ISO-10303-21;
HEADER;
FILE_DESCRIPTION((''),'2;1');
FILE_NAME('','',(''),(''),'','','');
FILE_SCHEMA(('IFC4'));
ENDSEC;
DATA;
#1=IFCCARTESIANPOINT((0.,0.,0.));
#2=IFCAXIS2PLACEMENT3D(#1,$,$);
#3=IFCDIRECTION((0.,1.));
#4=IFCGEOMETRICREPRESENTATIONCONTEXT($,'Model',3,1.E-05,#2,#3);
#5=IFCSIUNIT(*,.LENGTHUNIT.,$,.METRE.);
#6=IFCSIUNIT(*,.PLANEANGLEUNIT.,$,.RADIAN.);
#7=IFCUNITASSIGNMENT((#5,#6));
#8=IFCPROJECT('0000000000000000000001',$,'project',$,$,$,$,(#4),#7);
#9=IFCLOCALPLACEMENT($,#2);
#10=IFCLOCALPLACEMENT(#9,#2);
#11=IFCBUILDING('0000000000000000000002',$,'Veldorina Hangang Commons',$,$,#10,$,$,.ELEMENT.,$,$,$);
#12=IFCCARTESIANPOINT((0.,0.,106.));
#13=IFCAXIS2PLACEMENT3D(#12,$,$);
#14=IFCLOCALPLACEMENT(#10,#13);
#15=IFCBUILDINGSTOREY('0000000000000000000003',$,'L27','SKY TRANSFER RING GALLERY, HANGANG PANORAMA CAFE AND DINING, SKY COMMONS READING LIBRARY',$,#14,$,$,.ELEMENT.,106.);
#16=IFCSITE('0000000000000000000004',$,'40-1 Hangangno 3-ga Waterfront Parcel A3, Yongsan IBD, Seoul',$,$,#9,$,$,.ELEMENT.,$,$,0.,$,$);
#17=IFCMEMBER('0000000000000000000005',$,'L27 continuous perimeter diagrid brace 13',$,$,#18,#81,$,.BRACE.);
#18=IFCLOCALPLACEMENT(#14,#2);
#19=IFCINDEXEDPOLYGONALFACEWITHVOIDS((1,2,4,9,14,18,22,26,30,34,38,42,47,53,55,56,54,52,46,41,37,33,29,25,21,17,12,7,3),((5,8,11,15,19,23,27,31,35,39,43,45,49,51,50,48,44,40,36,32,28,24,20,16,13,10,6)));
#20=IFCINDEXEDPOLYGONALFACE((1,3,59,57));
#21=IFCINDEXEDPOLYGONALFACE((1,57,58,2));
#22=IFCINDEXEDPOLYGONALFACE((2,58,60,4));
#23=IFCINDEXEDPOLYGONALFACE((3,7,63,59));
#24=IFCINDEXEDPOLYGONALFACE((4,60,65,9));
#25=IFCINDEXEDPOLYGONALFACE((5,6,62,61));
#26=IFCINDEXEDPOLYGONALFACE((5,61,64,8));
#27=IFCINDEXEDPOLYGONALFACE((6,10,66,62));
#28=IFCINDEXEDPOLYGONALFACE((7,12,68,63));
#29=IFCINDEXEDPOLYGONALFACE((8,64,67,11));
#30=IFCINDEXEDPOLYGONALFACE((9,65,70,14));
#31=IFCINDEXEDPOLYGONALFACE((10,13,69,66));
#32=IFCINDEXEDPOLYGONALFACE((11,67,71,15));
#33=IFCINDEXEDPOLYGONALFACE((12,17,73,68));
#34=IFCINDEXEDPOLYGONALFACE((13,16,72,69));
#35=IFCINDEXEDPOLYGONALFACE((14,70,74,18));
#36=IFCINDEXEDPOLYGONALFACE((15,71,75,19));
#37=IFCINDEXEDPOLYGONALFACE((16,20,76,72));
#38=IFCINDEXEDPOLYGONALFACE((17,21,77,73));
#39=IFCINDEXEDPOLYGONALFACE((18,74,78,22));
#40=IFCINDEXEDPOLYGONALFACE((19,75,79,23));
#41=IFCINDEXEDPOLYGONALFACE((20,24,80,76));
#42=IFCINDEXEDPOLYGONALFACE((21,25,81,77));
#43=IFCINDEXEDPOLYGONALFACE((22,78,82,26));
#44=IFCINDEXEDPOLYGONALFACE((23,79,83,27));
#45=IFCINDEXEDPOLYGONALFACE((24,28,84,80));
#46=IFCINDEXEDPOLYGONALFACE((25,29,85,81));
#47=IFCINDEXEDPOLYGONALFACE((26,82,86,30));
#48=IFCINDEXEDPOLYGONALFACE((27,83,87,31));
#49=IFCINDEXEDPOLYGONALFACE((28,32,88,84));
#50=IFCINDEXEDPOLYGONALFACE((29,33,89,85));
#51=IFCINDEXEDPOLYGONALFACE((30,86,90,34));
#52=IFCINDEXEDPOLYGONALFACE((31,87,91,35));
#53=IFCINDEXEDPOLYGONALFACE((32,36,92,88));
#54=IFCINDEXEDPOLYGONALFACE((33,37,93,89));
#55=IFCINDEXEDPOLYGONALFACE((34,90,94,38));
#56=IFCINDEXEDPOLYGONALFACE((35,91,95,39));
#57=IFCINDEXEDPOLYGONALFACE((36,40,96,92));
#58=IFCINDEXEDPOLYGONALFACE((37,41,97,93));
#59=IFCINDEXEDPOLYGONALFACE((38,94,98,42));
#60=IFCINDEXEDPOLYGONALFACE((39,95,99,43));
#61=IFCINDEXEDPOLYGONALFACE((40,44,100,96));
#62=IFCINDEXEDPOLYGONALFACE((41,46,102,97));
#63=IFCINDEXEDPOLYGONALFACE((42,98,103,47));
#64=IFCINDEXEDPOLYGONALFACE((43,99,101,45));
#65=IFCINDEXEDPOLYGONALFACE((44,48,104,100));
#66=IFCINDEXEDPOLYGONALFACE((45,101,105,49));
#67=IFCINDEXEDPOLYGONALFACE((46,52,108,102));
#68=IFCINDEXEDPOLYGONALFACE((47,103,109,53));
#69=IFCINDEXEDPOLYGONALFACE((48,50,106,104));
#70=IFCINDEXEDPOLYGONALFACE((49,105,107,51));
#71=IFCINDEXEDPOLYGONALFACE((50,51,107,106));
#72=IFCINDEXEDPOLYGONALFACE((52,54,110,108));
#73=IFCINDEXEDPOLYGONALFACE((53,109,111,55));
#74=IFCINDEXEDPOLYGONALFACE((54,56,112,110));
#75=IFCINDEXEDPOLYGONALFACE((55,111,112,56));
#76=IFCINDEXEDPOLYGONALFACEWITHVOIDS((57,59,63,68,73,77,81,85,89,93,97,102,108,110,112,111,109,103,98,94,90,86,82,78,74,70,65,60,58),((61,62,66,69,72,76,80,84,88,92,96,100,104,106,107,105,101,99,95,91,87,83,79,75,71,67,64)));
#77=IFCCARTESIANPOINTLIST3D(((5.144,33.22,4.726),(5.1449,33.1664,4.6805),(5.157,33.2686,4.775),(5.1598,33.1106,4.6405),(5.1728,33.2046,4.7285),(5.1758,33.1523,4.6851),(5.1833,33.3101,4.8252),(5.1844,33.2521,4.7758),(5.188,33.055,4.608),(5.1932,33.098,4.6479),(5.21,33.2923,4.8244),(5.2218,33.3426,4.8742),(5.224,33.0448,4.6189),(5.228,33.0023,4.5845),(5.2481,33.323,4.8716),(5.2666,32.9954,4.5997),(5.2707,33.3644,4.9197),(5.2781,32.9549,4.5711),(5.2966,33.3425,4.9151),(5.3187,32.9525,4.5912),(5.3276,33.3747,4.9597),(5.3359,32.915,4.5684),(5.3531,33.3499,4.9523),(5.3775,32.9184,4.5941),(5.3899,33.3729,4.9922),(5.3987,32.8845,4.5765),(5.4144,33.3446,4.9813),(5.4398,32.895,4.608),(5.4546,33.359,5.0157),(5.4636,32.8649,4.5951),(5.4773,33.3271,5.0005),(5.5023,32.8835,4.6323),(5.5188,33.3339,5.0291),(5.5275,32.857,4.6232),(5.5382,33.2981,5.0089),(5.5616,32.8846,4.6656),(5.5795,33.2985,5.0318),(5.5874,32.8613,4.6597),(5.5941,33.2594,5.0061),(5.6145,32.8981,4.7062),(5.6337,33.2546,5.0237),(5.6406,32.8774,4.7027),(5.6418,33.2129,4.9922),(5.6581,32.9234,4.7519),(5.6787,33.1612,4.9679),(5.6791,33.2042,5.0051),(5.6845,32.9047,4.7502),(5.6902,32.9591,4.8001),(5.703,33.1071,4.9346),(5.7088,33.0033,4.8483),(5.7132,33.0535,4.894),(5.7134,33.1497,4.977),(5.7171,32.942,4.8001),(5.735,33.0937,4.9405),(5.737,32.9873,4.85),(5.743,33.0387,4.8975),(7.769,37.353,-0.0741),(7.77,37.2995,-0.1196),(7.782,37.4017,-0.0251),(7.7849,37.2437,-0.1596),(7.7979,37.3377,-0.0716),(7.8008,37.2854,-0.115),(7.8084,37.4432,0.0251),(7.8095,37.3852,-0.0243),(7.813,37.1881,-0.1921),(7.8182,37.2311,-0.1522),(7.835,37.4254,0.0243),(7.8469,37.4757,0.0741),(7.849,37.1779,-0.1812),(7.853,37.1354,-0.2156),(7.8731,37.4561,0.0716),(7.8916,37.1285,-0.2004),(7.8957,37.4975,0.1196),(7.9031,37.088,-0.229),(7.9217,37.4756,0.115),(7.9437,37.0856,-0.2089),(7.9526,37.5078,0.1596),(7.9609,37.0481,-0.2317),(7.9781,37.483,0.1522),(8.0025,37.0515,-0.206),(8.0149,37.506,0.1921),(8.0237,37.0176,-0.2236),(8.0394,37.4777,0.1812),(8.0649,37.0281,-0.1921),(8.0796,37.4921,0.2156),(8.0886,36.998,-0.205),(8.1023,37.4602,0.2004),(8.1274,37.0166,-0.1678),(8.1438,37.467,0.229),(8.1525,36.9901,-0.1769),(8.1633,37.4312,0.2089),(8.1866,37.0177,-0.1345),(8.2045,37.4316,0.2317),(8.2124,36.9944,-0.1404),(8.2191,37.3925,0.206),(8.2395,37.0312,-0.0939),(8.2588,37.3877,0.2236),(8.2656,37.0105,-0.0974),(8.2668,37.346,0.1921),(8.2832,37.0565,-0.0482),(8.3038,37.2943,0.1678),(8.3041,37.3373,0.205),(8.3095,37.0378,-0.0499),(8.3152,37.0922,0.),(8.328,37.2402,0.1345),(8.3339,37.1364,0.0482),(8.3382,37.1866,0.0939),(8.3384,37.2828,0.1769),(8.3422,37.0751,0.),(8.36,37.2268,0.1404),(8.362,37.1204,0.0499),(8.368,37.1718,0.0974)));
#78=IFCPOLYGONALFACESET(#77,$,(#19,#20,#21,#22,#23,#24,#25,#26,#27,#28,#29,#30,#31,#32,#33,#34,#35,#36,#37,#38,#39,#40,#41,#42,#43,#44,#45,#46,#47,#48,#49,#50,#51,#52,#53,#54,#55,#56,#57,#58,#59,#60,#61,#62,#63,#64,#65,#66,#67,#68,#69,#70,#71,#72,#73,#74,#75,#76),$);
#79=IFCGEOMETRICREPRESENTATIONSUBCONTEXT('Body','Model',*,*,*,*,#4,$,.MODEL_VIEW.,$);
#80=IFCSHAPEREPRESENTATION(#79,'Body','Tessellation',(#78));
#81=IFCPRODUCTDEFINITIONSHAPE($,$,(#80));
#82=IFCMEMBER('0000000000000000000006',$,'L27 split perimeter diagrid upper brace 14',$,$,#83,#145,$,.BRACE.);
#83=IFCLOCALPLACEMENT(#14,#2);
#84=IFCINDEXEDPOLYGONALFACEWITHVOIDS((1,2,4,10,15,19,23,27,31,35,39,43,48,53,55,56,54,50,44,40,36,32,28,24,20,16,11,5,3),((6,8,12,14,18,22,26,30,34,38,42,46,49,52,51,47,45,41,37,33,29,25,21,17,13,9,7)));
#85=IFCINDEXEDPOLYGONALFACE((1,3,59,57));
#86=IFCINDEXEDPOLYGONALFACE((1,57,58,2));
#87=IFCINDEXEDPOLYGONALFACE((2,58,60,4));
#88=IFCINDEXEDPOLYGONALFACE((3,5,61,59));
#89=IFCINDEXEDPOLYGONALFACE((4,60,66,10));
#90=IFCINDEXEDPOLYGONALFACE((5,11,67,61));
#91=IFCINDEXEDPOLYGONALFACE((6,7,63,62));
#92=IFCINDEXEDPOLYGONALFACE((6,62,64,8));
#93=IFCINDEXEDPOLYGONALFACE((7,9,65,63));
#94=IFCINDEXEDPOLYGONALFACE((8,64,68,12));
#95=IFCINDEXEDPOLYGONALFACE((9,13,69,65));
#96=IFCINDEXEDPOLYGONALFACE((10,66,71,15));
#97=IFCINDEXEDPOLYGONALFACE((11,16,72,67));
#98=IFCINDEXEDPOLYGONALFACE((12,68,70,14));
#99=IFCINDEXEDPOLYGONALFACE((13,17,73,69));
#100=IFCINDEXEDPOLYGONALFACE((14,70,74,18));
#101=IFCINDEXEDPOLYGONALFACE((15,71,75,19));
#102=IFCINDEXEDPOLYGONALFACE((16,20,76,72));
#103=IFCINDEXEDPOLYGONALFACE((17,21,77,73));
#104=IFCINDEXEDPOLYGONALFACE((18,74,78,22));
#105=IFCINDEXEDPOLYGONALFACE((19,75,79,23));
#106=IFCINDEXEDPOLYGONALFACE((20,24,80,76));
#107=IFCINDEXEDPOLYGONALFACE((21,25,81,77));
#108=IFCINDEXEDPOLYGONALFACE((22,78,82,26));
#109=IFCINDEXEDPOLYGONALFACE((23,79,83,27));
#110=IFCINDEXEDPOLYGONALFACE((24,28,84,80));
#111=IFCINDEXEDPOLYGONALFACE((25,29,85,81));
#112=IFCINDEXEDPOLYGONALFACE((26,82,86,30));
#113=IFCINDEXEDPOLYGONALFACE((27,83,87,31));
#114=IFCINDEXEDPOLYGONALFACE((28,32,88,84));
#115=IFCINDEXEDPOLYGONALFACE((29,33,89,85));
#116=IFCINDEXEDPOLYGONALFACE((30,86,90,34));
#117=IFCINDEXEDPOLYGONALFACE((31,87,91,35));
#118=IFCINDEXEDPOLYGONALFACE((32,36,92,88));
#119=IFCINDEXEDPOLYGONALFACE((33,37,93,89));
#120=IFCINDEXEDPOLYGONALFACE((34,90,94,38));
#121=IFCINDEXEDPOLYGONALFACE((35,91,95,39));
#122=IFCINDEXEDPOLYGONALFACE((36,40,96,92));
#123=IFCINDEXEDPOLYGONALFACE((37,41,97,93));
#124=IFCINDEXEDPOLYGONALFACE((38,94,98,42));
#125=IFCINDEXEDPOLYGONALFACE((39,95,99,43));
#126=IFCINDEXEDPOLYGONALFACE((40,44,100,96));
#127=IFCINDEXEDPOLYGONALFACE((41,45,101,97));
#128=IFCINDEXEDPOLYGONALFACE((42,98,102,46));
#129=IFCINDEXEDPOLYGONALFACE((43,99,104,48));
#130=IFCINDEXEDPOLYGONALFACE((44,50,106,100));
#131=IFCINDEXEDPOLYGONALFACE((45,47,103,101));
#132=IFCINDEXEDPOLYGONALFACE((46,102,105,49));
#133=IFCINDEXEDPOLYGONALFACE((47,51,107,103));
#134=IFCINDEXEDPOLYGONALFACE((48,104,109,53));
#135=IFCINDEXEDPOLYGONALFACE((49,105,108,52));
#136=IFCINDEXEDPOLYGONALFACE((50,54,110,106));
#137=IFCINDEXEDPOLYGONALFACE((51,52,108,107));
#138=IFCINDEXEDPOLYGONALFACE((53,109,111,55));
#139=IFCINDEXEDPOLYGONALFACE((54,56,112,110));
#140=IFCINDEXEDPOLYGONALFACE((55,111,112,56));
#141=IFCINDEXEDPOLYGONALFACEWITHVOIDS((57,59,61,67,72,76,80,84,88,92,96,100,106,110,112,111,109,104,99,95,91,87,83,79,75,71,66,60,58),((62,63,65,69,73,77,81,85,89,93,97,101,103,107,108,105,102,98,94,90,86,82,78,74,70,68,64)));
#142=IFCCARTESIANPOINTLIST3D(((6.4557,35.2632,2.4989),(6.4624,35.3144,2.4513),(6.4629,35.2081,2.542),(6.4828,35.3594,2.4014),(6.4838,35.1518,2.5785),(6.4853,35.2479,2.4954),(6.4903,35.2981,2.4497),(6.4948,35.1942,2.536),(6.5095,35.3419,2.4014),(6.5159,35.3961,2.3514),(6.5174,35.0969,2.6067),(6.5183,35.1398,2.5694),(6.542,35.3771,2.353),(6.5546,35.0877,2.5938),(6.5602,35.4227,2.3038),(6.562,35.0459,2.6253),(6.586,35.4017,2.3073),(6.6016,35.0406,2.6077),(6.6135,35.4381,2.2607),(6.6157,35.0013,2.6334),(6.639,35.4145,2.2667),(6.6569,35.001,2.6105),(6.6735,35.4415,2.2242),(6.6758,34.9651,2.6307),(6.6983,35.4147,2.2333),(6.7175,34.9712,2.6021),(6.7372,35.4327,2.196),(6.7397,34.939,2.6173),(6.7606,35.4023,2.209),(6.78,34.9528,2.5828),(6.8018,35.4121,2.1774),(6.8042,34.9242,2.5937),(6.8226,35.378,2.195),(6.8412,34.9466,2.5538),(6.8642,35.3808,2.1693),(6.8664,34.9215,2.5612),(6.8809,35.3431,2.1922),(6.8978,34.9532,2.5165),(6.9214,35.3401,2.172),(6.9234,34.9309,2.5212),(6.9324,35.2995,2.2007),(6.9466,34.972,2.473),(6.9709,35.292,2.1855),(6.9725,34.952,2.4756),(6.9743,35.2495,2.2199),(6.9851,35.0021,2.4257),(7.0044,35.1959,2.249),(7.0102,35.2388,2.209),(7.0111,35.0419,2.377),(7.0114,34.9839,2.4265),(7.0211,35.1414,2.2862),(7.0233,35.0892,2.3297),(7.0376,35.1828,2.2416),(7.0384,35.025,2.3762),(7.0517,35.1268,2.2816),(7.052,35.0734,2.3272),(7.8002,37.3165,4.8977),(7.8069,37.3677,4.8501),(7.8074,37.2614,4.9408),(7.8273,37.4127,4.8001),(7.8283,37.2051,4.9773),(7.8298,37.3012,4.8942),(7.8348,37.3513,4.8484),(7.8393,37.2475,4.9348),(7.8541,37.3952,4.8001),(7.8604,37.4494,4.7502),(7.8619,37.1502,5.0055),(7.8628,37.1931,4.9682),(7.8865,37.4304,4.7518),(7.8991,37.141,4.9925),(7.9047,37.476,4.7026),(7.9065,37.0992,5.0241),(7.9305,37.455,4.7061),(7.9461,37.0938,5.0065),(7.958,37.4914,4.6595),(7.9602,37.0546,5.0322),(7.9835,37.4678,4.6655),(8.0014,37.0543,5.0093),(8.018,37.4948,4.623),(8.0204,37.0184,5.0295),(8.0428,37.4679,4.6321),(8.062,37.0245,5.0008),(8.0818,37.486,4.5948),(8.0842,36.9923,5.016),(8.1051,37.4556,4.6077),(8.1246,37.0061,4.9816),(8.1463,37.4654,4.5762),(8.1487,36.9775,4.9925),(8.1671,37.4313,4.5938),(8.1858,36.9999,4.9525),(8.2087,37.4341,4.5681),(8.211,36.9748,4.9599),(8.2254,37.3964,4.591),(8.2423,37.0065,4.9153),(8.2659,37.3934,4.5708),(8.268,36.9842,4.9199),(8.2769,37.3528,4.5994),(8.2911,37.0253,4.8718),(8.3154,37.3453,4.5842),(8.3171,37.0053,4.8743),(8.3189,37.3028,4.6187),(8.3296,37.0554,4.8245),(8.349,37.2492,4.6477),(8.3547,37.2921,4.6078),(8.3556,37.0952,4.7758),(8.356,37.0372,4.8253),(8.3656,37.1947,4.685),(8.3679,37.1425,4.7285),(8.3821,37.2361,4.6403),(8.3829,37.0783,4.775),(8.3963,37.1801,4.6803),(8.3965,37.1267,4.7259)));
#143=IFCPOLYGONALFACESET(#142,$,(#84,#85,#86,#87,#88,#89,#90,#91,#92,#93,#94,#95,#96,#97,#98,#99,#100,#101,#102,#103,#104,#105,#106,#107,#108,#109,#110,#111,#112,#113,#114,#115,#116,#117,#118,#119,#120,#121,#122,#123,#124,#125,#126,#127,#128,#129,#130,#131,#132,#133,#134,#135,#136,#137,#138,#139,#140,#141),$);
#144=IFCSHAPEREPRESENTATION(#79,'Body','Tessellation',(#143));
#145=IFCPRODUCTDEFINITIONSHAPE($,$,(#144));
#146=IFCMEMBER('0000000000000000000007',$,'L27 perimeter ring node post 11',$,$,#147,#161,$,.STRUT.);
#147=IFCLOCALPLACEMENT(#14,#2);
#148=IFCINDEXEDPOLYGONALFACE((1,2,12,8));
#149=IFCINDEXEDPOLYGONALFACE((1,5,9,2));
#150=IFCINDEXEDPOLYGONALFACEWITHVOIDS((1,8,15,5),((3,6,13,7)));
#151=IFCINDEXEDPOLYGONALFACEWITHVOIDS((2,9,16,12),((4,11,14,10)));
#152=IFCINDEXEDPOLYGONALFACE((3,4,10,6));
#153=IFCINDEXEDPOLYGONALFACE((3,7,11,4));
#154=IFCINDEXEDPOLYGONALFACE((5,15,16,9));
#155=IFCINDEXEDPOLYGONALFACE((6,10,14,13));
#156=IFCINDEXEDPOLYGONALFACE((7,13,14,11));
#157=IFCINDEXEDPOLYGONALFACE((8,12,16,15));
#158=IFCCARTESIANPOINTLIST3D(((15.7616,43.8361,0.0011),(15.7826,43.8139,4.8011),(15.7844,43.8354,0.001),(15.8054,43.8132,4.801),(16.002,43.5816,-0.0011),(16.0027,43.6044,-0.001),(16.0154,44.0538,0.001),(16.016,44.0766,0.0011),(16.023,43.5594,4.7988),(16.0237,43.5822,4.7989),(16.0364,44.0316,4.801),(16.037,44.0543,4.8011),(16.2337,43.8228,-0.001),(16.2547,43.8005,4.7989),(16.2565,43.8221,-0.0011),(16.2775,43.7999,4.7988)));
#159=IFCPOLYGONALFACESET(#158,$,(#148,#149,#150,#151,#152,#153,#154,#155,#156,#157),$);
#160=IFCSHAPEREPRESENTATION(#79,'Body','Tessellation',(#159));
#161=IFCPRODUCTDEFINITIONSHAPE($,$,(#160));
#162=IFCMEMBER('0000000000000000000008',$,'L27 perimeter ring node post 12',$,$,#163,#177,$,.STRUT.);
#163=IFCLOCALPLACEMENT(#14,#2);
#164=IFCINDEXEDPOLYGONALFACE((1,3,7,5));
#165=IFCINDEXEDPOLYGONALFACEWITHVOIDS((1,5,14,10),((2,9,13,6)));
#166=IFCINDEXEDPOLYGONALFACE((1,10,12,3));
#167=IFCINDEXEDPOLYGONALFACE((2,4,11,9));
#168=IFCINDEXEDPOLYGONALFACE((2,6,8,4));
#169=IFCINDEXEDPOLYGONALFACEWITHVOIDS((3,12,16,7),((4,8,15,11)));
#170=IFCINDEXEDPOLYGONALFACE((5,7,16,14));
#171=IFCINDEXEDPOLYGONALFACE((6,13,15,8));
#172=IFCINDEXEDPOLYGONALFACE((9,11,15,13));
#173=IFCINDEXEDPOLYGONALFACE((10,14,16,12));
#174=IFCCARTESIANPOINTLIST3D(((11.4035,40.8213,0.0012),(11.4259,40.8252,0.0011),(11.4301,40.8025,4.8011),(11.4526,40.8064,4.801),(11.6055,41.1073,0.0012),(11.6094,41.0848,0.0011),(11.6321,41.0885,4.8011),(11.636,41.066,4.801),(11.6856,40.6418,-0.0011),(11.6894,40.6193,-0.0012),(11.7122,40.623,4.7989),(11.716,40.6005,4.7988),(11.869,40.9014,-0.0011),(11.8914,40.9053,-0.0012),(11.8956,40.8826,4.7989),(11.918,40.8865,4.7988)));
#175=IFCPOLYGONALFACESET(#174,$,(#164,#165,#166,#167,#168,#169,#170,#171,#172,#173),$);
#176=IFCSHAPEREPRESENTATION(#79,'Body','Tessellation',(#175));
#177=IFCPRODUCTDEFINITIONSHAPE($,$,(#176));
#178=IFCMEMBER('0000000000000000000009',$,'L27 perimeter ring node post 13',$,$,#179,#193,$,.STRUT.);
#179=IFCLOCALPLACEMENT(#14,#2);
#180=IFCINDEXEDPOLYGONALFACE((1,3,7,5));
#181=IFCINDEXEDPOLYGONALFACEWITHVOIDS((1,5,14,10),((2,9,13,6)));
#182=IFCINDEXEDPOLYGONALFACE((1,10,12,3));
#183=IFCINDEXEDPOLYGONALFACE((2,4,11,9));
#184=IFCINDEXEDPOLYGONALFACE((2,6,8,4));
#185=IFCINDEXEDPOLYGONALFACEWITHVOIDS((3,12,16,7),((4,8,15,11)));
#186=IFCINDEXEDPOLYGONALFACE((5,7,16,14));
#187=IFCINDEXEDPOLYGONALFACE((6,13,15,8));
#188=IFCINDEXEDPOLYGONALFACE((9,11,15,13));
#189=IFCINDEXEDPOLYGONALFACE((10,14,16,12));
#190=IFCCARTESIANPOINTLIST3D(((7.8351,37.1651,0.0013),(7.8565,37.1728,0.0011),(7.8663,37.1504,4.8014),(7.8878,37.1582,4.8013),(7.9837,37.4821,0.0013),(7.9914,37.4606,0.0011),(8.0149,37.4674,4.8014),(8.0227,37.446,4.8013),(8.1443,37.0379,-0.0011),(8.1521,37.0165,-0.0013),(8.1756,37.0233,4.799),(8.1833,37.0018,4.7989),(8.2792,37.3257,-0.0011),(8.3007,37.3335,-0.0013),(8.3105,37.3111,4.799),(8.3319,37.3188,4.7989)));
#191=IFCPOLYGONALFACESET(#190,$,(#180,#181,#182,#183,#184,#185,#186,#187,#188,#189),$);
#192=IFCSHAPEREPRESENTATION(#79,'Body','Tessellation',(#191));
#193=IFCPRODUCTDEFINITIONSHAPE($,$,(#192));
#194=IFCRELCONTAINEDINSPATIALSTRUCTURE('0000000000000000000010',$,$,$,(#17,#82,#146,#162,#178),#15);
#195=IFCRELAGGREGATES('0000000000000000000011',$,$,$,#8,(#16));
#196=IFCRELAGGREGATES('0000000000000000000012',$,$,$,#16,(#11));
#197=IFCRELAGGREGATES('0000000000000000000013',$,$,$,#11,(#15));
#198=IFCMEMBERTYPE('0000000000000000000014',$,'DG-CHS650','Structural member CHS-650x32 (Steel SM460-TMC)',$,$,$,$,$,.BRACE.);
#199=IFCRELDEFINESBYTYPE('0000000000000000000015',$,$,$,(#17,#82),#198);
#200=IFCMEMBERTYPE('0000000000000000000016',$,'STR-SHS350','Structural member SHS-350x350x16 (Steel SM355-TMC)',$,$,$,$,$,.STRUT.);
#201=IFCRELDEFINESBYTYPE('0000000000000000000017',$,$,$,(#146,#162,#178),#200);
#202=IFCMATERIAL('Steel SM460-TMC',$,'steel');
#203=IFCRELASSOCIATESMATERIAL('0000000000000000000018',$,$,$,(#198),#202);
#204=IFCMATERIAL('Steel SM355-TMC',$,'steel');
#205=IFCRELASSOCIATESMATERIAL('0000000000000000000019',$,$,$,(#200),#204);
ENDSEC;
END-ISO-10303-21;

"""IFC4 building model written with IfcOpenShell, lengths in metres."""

from ifc_helpers import new_model, si_unit, direction, frame, origin, origin_2d, place, context, subcontext, project, spatial, hollow_rectangle, hollow_circle, extrude, material, material_profile, profile_set, type_object, element, save


model = new_model("IFC4")

# Units and contexts
model_context = context("Model", 3, precision=1e-05, world=origin(), true_north=direction((0.0, 1.0)))
body_context = subcontext(model_context, "Body", "Model", "MODEL_VIEW")
ifc_project = project(units=[si_unit("LENGTHUNIT", "METRE"), si_unit("PLANEANGLEUNIT", "RADIAN")], contexts=[model_context])

# Site, building, storey
site_placement = place(None, origin())
site = spatial("IfcSite", under=ifc_project, at=site_placement, Name="40-1 Hangangno 3-ga Waterfront Parcel A3, Yongsan IBD, Seoul", CompositionType="ELEMENT", RefElevation=0.0)
building_placement = place(site_placement, origin())
building = spatial("IfcBuilding", under=site, at=building_placement, Name="Veldorina Hangang Commons", CompositionType="ELEMENT")
storey_placement = place(building_placement, frame((0.0, 0.0, 106.0)))
storey = spatial("IfcBuildingStorey", under=building, at=storey_placement, Name="L27", Description="SKY TRANSFER RING GALLERY, HANGANG PANORAMA CAFE AND DINING, SKY COMMONS READING LIBRARY", CompositionType="ELEMENT", Elevation=106.0)

# Shared definitions
ifc_material_1 = material(Name="Steel SM355-TMC", Category="steel")

# Members
ifc_material_2 = material(Name="Steel SM460-TMC", Category="steel")
ifc_material_profile_1 = material_profile(ifc_material_2, hollow_circle(Radius=0.325, WallThickness=0.032, at=origin_2d()), Name="CHS-650x32")
ifc_profile_set_1 = profile_set([ifc_material_profile_1], Name="Steel SM460-TMC")
member_type_1 = type_object("IfcMemberType", Name="DG-CHS650", Description="Structural member CHS-650x32 (Steel SM460-TMC)", PredefinedType="BRACE", material=ifc_profile_set_1)
member_1_placement = place(storey_placement, frame((8.0679, 37.2493, 0.0), z_axis=(-0.382842, -0.602783, 0.70006), x_axis=(0.844135, -0.53613, 0.0)))
element("IfcMember", 1, at=member_1_placement, inside=storey, type_object=member_type_1, Name="L27 continuous perimeter diagrid brace 13", PredefinedType="BRACE", context=body_context, shape_type="SweptSolid", body=[
    extrude(hollow_circle(Radius=0.325, WallThickness=0.032, at=origin_2d()), origin(), (0.0, 0.0, 1.0), 6.8567),
])
member_2_placement = place(storey_placement, frame((6.7546, 35.1814, 2.4014), z_axis=(0.391775, 0.598299, 0.698964), x_axis=(-0.836598, 0.547817, 0.0)))
element("IfcMember", 2, at=member_2_placement, inside=storey, type_object=member_type_1, Name="L27 split perimeter diagrid upper brace 14", PredefinedType="BRACE", context=body_context, shape_type="SweptSolid", body=[
    extrude(hollow_circle(Radius=0.325, WallThickness=0.032, at=origin_2d()), origin(), (0.0, 0.0, 1.0), 3.4319),
])
ifc_material_profile_2 = material_profile(ifc_material_1, hollow_rectangle(XDim=0.3501, YDim=0.3501, WallThickness=0.0161, at=origin_2d()), Name="SHS-350x350x16")
ifc_profile_set_2 = profile_set([ifc_material_profile_2], Name="Steel SM355-TMC")
member_type_2 = type_object("IfcMemberType", Name="STR-SHS350", Description="Structural member SHS-350x350x16 (Steel SM355-TMC)", PredefinedType="STRUT", material=ifc_profile_set_2)
for number, where, z_axis, x_axis, name in (
    (3, (16.009, 43.8291, 0.0), (0.004374, -0.004628, 0.99998), (0.726792, 0.686858, 0.0), "L27 perimeter ring node post 11"),
    (4, (11.6475, 40.8633, 0.0), (0.005544, -0.003916, 0.999977), (0.576977, 0.81676, 0.0), "L27 perimeter ring node post 12"),
):
    element("IfcMember", number, at=place(storey_placement, frame(where, z_axis=z_axis, x_axis=x_axis)), inside=storey, type_object=member_type_2, Name=name, PredefinedType="STRUT", context=body_context, shape_type="SweptSolid", body=[
        extrude(hollow_rectangle(XDim=0.3501, YDim=0.3501, WallThickness=0.0161, at=origin_2d()), origin(), (0.0, 0.0, 1.0), 4.8),
    ])
for number, where, z_axis, x_axis, name in (
    (5, (8.0679, 37.2493, 0.0), (0.00651, -0.003052, 0.999974), (0.424434, 0.905459, 0.0), "L27 perimeter ring node post 13"),
):
    element("IfcMember", number, at=place(storey_placement, frame(where, z_axis=z_axis, x_axis=x_axis)), inside=storey, type_object=member_type_2, Name=name, PredefinedType="STRUT", context=body_context, shape_type="SweptSolid", body=[
        extrude(hollow_rectangle(XDim=0.3501, YDim=0.3501, WallThickness=0.0161, at=origin_2d()), origin(), (0.0, 0.0, 1.0), 4.8003),
    ])

save(model, "model.ifc")
